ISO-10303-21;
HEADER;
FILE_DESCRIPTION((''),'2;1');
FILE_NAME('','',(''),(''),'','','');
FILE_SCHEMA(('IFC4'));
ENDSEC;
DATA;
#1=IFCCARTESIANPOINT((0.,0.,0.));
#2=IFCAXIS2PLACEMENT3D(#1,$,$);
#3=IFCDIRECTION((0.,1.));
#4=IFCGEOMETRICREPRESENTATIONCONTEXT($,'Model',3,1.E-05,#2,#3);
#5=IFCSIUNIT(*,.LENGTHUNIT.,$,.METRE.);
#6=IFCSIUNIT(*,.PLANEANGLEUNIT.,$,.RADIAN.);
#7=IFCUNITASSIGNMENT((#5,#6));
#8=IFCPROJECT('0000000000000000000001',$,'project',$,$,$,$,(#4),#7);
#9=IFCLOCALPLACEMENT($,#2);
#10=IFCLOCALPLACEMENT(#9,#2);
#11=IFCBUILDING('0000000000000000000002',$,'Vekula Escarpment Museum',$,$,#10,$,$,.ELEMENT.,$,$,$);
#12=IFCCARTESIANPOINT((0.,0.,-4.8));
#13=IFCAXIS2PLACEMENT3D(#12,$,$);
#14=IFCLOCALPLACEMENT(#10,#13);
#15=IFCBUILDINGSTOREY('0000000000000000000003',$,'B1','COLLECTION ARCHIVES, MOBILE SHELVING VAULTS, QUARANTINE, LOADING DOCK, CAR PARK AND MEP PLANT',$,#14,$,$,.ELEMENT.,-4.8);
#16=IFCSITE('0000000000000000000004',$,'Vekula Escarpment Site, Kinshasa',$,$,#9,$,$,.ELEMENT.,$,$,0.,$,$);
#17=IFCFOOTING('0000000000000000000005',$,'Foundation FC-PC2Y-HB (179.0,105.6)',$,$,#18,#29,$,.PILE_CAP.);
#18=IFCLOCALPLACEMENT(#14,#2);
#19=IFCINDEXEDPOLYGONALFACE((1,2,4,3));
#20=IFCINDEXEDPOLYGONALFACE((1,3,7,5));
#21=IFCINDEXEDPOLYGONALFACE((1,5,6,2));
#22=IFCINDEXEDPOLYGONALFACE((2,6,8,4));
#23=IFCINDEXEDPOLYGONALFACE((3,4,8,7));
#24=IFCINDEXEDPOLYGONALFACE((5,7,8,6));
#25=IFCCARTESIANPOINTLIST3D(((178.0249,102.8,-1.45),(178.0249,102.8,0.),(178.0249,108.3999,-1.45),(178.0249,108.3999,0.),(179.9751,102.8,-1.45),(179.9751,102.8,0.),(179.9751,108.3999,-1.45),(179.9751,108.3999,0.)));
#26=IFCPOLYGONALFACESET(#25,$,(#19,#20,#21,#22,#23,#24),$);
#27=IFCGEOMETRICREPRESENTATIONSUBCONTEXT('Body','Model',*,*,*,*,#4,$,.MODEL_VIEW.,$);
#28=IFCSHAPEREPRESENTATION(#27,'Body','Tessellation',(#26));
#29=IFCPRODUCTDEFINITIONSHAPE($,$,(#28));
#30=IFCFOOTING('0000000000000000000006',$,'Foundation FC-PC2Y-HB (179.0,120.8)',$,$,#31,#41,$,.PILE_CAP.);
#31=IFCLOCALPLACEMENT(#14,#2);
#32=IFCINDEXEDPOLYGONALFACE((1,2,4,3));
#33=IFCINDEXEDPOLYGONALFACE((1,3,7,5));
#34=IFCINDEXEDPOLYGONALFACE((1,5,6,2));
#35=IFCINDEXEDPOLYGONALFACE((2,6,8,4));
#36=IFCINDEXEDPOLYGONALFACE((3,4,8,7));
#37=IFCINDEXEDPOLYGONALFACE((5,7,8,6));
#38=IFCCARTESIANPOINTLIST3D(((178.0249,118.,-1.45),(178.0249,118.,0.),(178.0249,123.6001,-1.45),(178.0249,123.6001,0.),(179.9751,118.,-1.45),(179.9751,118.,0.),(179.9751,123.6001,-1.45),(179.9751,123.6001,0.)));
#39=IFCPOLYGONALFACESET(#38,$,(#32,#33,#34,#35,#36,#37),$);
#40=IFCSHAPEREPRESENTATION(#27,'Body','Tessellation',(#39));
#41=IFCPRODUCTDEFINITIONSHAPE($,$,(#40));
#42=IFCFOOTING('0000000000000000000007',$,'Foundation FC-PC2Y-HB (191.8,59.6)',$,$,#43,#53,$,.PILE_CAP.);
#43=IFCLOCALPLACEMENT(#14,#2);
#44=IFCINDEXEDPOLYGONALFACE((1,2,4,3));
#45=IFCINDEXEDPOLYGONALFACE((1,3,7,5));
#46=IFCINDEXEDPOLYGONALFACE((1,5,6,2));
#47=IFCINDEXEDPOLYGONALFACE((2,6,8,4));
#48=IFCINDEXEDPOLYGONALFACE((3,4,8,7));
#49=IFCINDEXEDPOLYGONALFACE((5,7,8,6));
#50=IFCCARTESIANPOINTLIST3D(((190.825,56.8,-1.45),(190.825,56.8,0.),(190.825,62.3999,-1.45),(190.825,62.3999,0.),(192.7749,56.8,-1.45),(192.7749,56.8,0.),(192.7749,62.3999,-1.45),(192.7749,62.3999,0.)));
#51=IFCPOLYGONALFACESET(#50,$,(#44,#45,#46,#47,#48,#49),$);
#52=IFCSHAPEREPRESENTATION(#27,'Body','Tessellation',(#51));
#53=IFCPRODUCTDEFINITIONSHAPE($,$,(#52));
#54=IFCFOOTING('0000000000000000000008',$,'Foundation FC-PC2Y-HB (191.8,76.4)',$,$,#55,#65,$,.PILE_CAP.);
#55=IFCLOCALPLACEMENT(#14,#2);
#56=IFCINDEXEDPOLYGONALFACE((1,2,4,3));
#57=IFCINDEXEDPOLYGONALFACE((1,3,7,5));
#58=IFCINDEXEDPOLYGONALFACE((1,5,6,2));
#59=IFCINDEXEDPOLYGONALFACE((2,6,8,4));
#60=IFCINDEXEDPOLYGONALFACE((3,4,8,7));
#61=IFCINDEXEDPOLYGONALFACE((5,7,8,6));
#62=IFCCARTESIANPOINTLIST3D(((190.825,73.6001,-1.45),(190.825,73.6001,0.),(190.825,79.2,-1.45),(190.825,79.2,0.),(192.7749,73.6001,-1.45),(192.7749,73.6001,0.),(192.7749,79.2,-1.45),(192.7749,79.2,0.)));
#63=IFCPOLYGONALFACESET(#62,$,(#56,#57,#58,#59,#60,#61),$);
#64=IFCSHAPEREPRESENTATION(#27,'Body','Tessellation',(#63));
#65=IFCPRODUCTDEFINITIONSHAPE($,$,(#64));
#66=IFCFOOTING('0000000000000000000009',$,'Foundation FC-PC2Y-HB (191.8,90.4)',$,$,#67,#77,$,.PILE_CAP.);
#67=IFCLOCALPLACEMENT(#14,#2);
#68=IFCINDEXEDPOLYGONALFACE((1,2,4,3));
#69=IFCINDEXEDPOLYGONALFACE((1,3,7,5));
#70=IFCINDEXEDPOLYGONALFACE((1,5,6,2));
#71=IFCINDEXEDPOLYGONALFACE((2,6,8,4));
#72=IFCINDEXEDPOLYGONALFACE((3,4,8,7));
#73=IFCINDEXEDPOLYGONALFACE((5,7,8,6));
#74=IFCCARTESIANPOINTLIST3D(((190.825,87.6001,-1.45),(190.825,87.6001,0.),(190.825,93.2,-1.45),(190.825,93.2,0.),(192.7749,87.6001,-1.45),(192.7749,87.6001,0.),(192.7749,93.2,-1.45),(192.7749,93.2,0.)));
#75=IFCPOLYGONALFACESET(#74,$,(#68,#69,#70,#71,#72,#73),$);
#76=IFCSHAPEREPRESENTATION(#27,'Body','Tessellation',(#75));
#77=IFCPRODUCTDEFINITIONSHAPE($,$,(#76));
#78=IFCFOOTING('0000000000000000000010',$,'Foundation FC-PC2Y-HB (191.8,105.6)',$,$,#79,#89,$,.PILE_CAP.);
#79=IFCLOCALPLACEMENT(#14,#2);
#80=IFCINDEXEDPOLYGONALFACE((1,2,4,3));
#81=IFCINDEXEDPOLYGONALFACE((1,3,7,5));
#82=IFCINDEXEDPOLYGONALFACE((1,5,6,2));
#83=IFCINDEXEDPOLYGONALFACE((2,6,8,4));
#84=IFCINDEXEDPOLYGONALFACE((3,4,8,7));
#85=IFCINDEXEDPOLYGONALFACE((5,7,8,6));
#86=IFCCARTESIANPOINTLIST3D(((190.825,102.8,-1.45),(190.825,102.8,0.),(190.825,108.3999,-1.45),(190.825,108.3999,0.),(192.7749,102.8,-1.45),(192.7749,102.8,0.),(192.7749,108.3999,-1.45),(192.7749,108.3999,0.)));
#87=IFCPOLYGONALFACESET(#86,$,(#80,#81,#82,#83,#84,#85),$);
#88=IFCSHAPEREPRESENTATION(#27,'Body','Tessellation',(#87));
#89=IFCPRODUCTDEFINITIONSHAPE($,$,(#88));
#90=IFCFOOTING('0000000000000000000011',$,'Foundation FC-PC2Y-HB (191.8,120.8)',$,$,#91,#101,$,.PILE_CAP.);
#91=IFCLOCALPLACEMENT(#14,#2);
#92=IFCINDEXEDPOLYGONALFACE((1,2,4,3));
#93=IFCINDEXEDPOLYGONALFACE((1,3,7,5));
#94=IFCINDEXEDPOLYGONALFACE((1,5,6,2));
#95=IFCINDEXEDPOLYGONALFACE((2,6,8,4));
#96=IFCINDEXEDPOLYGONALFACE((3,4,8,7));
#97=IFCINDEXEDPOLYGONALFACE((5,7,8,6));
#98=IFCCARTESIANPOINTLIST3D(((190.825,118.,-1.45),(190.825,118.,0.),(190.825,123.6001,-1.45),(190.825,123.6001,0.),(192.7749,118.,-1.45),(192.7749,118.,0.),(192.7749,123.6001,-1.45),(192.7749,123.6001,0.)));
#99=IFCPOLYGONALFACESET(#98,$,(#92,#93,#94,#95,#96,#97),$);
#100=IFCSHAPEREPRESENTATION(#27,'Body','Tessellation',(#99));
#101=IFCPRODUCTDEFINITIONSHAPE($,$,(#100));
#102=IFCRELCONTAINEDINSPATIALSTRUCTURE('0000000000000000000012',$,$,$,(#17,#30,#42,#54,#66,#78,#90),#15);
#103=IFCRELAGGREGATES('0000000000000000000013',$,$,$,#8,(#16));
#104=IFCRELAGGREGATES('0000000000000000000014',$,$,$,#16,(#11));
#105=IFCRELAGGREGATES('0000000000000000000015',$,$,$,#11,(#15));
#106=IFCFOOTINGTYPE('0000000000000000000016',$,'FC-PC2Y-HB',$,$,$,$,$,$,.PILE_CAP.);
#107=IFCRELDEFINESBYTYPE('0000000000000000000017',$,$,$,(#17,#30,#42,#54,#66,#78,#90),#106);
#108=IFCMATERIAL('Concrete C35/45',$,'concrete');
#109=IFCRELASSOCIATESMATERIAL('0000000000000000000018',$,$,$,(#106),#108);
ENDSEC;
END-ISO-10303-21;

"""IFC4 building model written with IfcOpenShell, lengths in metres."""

from ifc_helpers import new_model, si_unit, direction, frame, origin, place, context, subcontext, project, spatial, polyline, outline, extrude, material, type_object, element, save


model = new_model("IFC4")

# Units and contexts
model_context = context("Model", 3, precision=1e-05, world=origin(), true_north=direction((0.0, 1.0)))
body_context = subcontext(model_context, "Body", "Model", "MODEL_VIEW")
ifc_project = project(units=[si_unit("LENGTHUNIT", "METRE"), si_unit("PLANEANGLEUNIT", "RADIAN")], contexts=[model_context])

# Site, building, storey
site_placement = place(None, origin())
site = spatial("IfcSite", under=ifc_project, at=site_placement, Name="Vekula Escarpment Site, Kinshasa", CompositionType="ELEMENT", RefElevation=0.0)
building_placement = place(site_placement, origin())
building = spatial("IfcBuilding", under=site, at=building_placement, Name="Vekula Escarpment Museum", CompositionType="ELEMENT")
storey_placement = place(building_placement, frame((0.0, 0.0, -4.8)))
storey = spatial("IfcBuildingStorey", under=building, at=storey_placement, Name="B1", Description="COLLECTION ARCHIVES, MOBILE SHELVING VAULTS, QUARANTINE, LOADING DOCK, CAR PARK AND MEP PLANT", CompositionType="ELEMENT", Elevation=-4.8)

# Footings
ifc_material_1 = material(Name="Concrete C35/45", Category="concrete")
footing_type_1 = type_object("IfcFootingType", Name="FC-PC2Y-HB", PredefinedType="PILE_CAP", material=ifc_material_1)
footing_1_placement = place(storey_placement, frame((0.0, 0.0, -1.45)))
element("IfcFooting", 1, at=footing_1_placement, inside=storey, type_object=footing_type_1, Name="Foundation FC-PC2Y-HB (179.0,105.6)", PredefinedType="PILE_CAP", context=body_context, shape_type="SweptSolid", body=[
    extrude(outline(polyline([(178.0249, 102.8), (179.9751, 102.8), (179.9751, 108.3999), (178.0249, 108.3999), (178.0249, 102.8)])), origin(), (0.0, 0.0, 1.0), 1.45),
])
footing_2_placement = place(storey_placement, frame((0.0, 0.0, -1.45)))
element("IfcFooting", 2, at=footing_2_placement, inside=storey, type_object=footing_type_1, Name="Foundation FC-PC2Y-HB (179.0,120.8)", PredefinedType="PILE_CAP", context=body_context, shape_type="SweptSolid", body=[
    extrude(outline(polyline([(178.0249, 118.0), (179.9751, 118.0), (179.9751, 123.6001), (178.0249, 123.6001), (178.0249, 118.0)])), origin(), (0.0, 0.0, 1.0), 1.45),
])
footing_3_placement = place(storey_placement, frame((0.0, 0.0, -1.45)))
element("IfcFooting", 3, at=footing_3_placement, inside=storey, type_object=footing_type_1, Name="Foundation FC-PC2Y-HB (191.8,59.6)", PredefinedType="PILE_CAP", context=body_context, shape_type="SweptSolid", body=[
    extrude(outline(polyline([(190.825, 56.8), (192.7749, 56.8), (192.7749, 62.3999), (190.825, 62.3999), (190.825, 56.8)])), origin(), (0.0, 0.0, 1.0), 1.45),
])
footing_4_placement = place(storey_placement, frame((0.0, 0.0, -1.45)))
element("IfcFooting", 4, at=footing_4_placement, inside=storey, type_object=footing_type_1, Name="Foundation FC-PC2Y-HB (191.8,76.4)", PredefinedType="PILE_CAP", context=body_context, shape_type="SweptSolid", body=[
    extrude(outline(polyline([(190.825, 73.6001), (192.7749, 73.6001), (192.7749, 79.2), (190.825, 79.2), (190.825, 73.6001)])), origin(), (0.0, 0.0, 1.0), 1.45),
])
footing_5_placement = place(storey_placement, frame((0.0, 0.0, -1.45)))
element("IfcFooting", 5, at=footing_5_placement, inside=storey, type_object=footing_type_1, Name="Foundation FC-PC2Y-HB (191.8,90.4)", PredefinedType="PILE_CAP", context=body_context, shape_type="SweptSolid", body=[
    extrude(outline(polyline([(190.825, 87.6001), (192.7749, 87.6001), (192.7749, 93.2), (190.825, 93.2), (190.825, 87.6001)])), origin(), (0.0, 0.0, 1.0), 1.45),
])
footing_6_placement = place(storey_placement, frame((0.0, 0.0, -1.45)))
element("IfcFooting", 6, at=footing_6_placement, inside=storey, type_object=footing_type_1, Name="Foundation FC-PC2Y-HB (191.8,105.6)", PredefinedType="PILE_CAP", context=body_context, shape_type="SweptSolid", body=[
    extrude(outline(polyline([(190.825, 102.8), (192.7749, 102.8), (192.7749, 108.3999), (190.825, 108.3999), (190.825, 102.8)])), origin(), (0.0, 0.0, 1.0), 1.45),
])
footing_7_placement = place(storey_placement, frame((0.0, 0.0, -1.45)))
element("IfcFooting", 7, at=footing_7_placement, inside=storey, type_object=footing_type_1, Name="Foundation FC-PC2Y-HB (191.8,120.8)", PredefinedType="PILE_CAP", context=body_context, shape_type="SweptSolid", body=[
    extrude(outline(polyline([(190.825, 118.0), (192.7749, 118.0), (192.7749, 123.6001), (190.825, 123.6001), (190.825, 118.0)])), origin(), (0.0, 0.0, 1.0), 1.45),
])

save(model, "model.ifc")
